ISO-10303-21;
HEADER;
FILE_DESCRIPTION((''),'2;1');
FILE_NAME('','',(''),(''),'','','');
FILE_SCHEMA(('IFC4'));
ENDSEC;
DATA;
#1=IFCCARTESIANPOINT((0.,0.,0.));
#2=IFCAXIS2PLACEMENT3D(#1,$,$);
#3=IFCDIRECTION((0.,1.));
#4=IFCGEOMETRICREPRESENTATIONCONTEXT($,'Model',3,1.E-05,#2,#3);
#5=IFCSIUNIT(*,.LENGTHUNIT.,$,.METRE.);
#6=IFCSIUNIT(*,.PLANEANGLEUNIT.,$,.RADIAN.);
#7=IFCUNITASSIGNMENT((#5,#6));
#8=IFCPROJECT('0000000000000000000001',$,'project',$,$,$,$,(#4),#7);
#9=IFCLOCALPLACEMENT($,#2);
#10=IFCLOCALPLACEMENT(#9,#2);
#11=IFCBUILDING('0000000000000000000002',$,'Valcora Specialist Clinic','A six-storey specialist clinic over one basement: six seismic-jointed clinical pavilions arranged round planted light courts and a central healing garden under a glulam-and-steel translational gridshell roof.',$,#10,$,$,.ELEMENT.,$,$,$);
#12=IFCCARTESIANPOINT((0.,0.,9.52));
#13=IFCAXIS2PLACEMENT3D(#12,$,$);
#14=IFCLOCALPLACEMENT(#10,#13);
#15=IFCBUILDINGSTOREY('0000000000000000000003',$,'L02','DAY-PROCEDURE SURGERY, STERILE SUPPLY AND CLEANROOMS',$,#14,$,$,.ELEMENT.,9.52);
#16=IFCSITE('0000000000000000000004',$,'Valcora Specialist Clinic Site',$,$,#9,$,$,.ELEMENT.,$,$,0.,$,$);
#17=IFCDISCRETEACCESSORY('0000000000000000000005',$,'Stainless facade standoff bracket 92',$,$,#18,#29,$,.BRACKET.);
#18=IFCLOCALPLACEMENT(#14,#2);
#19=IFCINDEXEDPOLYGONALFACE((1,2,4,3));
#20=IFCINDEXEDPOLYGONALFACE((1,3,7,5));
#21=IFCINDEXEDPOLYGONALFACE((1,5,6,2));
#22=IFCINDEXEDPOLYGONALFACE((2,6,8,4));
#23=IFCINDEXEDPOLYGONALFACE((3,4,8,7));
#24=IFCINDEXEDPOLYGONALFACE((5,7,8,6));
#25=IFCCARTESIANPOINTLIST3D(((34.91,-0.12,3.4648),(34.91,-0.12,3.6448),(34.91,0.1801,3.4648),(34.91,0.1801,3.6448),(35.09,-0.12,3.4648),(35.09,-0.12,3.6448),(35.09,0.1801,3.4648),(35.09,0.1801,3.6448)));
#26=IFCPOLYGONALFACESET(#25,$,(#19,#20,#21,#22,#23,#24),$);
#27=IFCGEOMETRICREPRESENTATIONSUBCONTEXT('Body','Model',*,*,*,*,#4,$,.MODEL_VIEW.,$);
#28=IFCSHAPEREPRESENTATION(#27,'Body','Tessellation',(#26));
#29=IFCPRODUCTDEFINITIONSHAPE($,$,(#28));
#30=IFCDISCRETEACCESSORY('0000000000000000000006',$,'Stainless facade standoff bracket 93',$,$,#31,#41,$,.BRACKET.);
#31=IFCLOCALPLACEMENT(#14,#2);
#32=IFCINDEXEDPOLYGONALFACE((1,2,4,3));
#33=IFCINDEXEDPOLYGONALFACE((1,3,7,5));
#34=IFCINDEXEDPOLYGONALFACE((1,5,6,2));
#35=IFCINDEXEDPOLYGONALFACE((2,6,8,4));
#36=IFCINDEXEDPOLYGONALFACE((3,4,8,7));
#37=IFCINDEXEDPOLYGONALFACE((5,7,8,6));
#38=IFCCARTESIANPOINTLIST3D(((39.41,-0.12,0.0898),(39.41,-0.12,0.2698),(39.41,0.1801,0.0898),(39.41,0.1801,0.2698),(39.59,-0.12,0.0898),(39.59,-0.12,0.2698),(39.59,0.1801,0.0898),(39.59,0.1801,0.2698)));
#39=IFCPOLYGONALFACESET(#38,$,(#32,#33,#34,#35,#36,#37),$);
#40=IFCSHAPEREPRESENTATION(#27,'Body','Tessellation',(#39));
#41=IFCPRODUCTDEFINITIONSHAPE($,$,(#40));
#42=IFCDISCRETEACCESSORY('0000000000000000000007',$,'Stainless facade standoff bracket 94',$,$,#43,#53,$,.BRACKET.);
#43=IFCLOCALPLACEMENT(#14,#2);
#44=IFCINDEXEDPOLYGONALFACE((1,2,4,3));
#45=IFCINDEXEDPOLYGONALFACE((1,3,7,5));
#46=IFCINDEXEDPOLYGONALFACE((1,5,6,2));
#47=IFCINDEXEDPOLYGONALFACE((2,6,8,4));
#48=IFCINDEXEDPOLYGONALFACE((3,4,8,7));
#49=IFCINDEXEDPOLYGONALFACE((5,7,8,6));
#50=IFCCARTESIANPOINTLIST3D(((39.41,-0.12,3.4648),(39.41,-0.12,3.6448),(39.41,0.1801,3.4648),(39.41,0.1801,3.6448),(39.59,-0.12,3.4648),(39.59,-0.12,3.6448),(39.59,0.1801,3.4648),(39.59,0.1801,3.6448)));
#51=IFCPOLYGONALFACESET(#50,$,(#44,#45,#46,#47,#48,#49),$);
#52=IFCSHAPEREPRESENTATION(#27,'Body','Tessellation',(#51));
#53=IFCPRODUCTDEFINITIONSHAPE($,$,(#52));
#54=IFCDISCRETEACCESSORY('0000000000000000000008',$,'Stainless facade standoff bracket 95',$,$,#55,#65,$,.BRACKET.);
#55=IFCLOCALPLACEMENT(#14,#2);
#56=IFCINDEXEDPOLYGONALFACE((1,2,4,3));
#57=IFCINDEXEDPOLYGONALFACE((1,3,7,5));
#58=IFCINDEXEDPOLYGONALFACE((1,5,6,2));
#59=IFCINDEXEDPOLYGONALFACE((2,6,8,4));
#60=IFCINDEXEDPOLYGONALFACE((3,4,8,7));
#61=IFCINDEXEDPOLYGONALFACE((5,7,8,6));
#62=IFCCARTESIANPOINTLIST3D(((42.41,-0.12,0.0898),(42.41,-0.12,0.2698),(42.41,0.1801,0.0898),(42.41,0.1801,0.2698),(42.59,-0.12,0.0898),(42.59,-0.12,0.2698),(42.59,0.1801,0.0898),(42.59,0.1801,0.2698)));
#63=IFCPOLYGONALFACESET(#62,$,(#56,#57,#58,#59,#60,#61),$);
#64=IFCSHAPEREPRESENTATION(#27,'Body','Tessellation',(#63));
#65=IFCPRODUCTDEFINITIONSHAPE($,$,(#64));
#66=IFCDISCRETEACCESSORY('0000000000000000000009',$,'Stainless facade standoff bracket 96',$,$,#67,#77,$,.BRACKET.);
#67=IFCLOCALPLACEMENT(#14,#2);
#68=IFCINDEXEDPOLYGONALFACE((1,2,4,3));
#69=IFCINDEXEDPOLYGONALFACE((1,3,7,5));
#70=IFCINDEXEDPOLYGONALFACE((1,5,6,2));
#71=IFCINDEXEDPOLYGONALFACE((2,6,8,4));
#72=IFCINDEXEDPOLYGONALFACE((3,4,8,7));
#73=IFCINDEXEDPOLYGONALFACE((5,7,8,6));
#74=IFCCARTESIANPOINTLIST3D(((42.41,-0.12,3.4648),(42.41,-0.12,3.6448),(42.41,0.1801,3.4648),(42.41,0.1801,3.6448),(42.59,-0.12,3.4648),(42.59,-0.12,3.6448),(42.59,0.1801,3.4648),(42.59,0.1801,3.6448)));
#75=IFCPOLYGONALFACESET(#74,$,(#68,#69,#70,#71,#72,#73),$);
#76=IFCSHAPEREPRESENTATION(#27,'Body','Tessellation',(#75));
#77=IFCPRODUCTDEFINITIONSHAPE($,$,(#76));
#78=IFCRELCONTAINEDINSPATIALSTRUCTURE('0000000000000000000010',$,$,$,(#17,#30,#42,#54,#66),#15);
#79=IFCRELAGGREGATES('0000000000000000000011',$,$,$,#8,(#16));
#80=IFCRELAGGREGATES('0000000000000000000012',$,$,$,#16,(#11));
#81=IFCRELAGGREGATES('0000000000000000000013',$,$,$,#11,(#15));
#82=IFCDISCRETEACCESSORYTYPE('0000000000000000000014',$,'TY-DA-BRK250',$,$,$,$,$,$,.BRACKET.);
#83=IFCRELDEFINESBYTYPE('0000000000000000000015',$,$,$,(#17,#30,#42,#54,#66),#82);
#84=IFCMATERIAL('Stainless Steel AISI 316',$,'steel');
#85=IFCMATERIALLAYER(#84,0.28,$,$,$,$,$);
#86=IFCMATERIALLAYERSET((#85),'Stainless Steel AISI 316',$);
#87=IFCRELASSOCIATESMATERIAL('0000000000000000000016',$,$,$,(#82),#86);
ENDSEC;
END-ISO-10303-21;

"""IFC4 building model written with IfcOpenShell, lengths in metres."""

from ifc_helpers import new_model, si_unit, direction, frame, origin, origin_2d, place, context, subcontext, project, spatial, rectangle, extrude, material, layer, layer_set, type_object, element, save


model = new_model("IFC4")

# Units and contexts
model_context = context("Model", 3, precision=1e-05, world=origin(), true_north=direction((0.0, 1.0)))
body_context = subcontext(model_context, "Body", "Model", "MODEL_VIEW")
ifc_project = project(units=[si_unit("LENGTHUNIT", "METRE"), si_unit("PLANEANGLEUNIT", "RADIAN")], contexts=[model_context])

# Site, building, storey
site_placement = place(None, origin())
site = spatial("IfcSite", under=ifc_project, at=site_placement, Name="Valcora Specialist Clinic Site", CompositionType="ELEMENT", RefElevation=0.0)
building_placement = place(site_placement, origin())
building = spatial("IfcBuilding", under=site, at=building_placement, Name="Valcora Specialist Clinic", Description="A six-storey specialist clinic over one basement: six seismic-jointed clinical pavilions arranged round planted light courts and a central healing garden under a glulam-and-steel translational gridshell roof.", CompositionType="ELEMENT")
storey_placement = place(building_placement, frame((0.0, 0.0, 9.52)))
storey = spatial("IfcBuildingStorey", under=building, at=storey_placement, Name="L02", Description="DAY-PROCEDURE SURGERY, STERILE SUPPLY AND CLEANROOMS", CompositionType="ELEMENT", Elevation=9.52)

# Discrete accessories
ifc_material_1 = material(Name="Stainless Steel AISI 316", Category="steel")
ifc_layer_1 = layer(ifc_material_1, 0.28)
ifc_layer_set_1 = layer_set([ifc_layer_1], Name="Stainless Steel AISI 316")
discrete_accessory_type = type_object("IfcDiscreteAccessoryType", Name="TY-DA-BRK250", PredefinedType="BRACKET", material=ifc_layer_set_1)
for number, where, z_axis, x_axis, name in (
    (1, (35.0, 0.03, 3.4648), (0.0, 0.0, 1.0), (1.0, 0.0, 0.0), "Stainless facade standoff bracket 92"),
    (2, (39.5, 0.03, 0.0898), (0.0, 0.0, 1.0), (1.0, 0.0, 0.0), "Stainless facade standoff bracket 93"),
    (3, (39.5, 0.03, 3.4648), (0.0, 0.0, 1.0), (1.0, 0.0, 0.0), "Stainless facade standoff bracket 94"),
    (4, (42.5, 0.03, 0.0898), (0.0, 0.0, 1.0), (1.0, 0.0, 0.0), "Stainless facade standoff bracket 95"),
    (5, (42.5, 0.03, 3.4648), (0.0, 0.0, 1.0), (1.0, 0.0, 0.0), "Stainless facade standoff bracket 96"),
):
    element("IfcDiscreteAccessory", number, at=place(storey_placement, frame(where, z_axis=z_axis, x_axis=x_axis)), inside=storey, type_object=discrete_accessory_type, Name=name, PredefinedType="BRACKET", context=body_context, shape_type="SweptSolid", body=[
        extrude(rectangle(XDim=0.1799, YDim=0.3, at=origin_2d()), origin(), (0.0, 0.0, 1.0), 0.1799),
    ])

save(model, "model.ifc")
